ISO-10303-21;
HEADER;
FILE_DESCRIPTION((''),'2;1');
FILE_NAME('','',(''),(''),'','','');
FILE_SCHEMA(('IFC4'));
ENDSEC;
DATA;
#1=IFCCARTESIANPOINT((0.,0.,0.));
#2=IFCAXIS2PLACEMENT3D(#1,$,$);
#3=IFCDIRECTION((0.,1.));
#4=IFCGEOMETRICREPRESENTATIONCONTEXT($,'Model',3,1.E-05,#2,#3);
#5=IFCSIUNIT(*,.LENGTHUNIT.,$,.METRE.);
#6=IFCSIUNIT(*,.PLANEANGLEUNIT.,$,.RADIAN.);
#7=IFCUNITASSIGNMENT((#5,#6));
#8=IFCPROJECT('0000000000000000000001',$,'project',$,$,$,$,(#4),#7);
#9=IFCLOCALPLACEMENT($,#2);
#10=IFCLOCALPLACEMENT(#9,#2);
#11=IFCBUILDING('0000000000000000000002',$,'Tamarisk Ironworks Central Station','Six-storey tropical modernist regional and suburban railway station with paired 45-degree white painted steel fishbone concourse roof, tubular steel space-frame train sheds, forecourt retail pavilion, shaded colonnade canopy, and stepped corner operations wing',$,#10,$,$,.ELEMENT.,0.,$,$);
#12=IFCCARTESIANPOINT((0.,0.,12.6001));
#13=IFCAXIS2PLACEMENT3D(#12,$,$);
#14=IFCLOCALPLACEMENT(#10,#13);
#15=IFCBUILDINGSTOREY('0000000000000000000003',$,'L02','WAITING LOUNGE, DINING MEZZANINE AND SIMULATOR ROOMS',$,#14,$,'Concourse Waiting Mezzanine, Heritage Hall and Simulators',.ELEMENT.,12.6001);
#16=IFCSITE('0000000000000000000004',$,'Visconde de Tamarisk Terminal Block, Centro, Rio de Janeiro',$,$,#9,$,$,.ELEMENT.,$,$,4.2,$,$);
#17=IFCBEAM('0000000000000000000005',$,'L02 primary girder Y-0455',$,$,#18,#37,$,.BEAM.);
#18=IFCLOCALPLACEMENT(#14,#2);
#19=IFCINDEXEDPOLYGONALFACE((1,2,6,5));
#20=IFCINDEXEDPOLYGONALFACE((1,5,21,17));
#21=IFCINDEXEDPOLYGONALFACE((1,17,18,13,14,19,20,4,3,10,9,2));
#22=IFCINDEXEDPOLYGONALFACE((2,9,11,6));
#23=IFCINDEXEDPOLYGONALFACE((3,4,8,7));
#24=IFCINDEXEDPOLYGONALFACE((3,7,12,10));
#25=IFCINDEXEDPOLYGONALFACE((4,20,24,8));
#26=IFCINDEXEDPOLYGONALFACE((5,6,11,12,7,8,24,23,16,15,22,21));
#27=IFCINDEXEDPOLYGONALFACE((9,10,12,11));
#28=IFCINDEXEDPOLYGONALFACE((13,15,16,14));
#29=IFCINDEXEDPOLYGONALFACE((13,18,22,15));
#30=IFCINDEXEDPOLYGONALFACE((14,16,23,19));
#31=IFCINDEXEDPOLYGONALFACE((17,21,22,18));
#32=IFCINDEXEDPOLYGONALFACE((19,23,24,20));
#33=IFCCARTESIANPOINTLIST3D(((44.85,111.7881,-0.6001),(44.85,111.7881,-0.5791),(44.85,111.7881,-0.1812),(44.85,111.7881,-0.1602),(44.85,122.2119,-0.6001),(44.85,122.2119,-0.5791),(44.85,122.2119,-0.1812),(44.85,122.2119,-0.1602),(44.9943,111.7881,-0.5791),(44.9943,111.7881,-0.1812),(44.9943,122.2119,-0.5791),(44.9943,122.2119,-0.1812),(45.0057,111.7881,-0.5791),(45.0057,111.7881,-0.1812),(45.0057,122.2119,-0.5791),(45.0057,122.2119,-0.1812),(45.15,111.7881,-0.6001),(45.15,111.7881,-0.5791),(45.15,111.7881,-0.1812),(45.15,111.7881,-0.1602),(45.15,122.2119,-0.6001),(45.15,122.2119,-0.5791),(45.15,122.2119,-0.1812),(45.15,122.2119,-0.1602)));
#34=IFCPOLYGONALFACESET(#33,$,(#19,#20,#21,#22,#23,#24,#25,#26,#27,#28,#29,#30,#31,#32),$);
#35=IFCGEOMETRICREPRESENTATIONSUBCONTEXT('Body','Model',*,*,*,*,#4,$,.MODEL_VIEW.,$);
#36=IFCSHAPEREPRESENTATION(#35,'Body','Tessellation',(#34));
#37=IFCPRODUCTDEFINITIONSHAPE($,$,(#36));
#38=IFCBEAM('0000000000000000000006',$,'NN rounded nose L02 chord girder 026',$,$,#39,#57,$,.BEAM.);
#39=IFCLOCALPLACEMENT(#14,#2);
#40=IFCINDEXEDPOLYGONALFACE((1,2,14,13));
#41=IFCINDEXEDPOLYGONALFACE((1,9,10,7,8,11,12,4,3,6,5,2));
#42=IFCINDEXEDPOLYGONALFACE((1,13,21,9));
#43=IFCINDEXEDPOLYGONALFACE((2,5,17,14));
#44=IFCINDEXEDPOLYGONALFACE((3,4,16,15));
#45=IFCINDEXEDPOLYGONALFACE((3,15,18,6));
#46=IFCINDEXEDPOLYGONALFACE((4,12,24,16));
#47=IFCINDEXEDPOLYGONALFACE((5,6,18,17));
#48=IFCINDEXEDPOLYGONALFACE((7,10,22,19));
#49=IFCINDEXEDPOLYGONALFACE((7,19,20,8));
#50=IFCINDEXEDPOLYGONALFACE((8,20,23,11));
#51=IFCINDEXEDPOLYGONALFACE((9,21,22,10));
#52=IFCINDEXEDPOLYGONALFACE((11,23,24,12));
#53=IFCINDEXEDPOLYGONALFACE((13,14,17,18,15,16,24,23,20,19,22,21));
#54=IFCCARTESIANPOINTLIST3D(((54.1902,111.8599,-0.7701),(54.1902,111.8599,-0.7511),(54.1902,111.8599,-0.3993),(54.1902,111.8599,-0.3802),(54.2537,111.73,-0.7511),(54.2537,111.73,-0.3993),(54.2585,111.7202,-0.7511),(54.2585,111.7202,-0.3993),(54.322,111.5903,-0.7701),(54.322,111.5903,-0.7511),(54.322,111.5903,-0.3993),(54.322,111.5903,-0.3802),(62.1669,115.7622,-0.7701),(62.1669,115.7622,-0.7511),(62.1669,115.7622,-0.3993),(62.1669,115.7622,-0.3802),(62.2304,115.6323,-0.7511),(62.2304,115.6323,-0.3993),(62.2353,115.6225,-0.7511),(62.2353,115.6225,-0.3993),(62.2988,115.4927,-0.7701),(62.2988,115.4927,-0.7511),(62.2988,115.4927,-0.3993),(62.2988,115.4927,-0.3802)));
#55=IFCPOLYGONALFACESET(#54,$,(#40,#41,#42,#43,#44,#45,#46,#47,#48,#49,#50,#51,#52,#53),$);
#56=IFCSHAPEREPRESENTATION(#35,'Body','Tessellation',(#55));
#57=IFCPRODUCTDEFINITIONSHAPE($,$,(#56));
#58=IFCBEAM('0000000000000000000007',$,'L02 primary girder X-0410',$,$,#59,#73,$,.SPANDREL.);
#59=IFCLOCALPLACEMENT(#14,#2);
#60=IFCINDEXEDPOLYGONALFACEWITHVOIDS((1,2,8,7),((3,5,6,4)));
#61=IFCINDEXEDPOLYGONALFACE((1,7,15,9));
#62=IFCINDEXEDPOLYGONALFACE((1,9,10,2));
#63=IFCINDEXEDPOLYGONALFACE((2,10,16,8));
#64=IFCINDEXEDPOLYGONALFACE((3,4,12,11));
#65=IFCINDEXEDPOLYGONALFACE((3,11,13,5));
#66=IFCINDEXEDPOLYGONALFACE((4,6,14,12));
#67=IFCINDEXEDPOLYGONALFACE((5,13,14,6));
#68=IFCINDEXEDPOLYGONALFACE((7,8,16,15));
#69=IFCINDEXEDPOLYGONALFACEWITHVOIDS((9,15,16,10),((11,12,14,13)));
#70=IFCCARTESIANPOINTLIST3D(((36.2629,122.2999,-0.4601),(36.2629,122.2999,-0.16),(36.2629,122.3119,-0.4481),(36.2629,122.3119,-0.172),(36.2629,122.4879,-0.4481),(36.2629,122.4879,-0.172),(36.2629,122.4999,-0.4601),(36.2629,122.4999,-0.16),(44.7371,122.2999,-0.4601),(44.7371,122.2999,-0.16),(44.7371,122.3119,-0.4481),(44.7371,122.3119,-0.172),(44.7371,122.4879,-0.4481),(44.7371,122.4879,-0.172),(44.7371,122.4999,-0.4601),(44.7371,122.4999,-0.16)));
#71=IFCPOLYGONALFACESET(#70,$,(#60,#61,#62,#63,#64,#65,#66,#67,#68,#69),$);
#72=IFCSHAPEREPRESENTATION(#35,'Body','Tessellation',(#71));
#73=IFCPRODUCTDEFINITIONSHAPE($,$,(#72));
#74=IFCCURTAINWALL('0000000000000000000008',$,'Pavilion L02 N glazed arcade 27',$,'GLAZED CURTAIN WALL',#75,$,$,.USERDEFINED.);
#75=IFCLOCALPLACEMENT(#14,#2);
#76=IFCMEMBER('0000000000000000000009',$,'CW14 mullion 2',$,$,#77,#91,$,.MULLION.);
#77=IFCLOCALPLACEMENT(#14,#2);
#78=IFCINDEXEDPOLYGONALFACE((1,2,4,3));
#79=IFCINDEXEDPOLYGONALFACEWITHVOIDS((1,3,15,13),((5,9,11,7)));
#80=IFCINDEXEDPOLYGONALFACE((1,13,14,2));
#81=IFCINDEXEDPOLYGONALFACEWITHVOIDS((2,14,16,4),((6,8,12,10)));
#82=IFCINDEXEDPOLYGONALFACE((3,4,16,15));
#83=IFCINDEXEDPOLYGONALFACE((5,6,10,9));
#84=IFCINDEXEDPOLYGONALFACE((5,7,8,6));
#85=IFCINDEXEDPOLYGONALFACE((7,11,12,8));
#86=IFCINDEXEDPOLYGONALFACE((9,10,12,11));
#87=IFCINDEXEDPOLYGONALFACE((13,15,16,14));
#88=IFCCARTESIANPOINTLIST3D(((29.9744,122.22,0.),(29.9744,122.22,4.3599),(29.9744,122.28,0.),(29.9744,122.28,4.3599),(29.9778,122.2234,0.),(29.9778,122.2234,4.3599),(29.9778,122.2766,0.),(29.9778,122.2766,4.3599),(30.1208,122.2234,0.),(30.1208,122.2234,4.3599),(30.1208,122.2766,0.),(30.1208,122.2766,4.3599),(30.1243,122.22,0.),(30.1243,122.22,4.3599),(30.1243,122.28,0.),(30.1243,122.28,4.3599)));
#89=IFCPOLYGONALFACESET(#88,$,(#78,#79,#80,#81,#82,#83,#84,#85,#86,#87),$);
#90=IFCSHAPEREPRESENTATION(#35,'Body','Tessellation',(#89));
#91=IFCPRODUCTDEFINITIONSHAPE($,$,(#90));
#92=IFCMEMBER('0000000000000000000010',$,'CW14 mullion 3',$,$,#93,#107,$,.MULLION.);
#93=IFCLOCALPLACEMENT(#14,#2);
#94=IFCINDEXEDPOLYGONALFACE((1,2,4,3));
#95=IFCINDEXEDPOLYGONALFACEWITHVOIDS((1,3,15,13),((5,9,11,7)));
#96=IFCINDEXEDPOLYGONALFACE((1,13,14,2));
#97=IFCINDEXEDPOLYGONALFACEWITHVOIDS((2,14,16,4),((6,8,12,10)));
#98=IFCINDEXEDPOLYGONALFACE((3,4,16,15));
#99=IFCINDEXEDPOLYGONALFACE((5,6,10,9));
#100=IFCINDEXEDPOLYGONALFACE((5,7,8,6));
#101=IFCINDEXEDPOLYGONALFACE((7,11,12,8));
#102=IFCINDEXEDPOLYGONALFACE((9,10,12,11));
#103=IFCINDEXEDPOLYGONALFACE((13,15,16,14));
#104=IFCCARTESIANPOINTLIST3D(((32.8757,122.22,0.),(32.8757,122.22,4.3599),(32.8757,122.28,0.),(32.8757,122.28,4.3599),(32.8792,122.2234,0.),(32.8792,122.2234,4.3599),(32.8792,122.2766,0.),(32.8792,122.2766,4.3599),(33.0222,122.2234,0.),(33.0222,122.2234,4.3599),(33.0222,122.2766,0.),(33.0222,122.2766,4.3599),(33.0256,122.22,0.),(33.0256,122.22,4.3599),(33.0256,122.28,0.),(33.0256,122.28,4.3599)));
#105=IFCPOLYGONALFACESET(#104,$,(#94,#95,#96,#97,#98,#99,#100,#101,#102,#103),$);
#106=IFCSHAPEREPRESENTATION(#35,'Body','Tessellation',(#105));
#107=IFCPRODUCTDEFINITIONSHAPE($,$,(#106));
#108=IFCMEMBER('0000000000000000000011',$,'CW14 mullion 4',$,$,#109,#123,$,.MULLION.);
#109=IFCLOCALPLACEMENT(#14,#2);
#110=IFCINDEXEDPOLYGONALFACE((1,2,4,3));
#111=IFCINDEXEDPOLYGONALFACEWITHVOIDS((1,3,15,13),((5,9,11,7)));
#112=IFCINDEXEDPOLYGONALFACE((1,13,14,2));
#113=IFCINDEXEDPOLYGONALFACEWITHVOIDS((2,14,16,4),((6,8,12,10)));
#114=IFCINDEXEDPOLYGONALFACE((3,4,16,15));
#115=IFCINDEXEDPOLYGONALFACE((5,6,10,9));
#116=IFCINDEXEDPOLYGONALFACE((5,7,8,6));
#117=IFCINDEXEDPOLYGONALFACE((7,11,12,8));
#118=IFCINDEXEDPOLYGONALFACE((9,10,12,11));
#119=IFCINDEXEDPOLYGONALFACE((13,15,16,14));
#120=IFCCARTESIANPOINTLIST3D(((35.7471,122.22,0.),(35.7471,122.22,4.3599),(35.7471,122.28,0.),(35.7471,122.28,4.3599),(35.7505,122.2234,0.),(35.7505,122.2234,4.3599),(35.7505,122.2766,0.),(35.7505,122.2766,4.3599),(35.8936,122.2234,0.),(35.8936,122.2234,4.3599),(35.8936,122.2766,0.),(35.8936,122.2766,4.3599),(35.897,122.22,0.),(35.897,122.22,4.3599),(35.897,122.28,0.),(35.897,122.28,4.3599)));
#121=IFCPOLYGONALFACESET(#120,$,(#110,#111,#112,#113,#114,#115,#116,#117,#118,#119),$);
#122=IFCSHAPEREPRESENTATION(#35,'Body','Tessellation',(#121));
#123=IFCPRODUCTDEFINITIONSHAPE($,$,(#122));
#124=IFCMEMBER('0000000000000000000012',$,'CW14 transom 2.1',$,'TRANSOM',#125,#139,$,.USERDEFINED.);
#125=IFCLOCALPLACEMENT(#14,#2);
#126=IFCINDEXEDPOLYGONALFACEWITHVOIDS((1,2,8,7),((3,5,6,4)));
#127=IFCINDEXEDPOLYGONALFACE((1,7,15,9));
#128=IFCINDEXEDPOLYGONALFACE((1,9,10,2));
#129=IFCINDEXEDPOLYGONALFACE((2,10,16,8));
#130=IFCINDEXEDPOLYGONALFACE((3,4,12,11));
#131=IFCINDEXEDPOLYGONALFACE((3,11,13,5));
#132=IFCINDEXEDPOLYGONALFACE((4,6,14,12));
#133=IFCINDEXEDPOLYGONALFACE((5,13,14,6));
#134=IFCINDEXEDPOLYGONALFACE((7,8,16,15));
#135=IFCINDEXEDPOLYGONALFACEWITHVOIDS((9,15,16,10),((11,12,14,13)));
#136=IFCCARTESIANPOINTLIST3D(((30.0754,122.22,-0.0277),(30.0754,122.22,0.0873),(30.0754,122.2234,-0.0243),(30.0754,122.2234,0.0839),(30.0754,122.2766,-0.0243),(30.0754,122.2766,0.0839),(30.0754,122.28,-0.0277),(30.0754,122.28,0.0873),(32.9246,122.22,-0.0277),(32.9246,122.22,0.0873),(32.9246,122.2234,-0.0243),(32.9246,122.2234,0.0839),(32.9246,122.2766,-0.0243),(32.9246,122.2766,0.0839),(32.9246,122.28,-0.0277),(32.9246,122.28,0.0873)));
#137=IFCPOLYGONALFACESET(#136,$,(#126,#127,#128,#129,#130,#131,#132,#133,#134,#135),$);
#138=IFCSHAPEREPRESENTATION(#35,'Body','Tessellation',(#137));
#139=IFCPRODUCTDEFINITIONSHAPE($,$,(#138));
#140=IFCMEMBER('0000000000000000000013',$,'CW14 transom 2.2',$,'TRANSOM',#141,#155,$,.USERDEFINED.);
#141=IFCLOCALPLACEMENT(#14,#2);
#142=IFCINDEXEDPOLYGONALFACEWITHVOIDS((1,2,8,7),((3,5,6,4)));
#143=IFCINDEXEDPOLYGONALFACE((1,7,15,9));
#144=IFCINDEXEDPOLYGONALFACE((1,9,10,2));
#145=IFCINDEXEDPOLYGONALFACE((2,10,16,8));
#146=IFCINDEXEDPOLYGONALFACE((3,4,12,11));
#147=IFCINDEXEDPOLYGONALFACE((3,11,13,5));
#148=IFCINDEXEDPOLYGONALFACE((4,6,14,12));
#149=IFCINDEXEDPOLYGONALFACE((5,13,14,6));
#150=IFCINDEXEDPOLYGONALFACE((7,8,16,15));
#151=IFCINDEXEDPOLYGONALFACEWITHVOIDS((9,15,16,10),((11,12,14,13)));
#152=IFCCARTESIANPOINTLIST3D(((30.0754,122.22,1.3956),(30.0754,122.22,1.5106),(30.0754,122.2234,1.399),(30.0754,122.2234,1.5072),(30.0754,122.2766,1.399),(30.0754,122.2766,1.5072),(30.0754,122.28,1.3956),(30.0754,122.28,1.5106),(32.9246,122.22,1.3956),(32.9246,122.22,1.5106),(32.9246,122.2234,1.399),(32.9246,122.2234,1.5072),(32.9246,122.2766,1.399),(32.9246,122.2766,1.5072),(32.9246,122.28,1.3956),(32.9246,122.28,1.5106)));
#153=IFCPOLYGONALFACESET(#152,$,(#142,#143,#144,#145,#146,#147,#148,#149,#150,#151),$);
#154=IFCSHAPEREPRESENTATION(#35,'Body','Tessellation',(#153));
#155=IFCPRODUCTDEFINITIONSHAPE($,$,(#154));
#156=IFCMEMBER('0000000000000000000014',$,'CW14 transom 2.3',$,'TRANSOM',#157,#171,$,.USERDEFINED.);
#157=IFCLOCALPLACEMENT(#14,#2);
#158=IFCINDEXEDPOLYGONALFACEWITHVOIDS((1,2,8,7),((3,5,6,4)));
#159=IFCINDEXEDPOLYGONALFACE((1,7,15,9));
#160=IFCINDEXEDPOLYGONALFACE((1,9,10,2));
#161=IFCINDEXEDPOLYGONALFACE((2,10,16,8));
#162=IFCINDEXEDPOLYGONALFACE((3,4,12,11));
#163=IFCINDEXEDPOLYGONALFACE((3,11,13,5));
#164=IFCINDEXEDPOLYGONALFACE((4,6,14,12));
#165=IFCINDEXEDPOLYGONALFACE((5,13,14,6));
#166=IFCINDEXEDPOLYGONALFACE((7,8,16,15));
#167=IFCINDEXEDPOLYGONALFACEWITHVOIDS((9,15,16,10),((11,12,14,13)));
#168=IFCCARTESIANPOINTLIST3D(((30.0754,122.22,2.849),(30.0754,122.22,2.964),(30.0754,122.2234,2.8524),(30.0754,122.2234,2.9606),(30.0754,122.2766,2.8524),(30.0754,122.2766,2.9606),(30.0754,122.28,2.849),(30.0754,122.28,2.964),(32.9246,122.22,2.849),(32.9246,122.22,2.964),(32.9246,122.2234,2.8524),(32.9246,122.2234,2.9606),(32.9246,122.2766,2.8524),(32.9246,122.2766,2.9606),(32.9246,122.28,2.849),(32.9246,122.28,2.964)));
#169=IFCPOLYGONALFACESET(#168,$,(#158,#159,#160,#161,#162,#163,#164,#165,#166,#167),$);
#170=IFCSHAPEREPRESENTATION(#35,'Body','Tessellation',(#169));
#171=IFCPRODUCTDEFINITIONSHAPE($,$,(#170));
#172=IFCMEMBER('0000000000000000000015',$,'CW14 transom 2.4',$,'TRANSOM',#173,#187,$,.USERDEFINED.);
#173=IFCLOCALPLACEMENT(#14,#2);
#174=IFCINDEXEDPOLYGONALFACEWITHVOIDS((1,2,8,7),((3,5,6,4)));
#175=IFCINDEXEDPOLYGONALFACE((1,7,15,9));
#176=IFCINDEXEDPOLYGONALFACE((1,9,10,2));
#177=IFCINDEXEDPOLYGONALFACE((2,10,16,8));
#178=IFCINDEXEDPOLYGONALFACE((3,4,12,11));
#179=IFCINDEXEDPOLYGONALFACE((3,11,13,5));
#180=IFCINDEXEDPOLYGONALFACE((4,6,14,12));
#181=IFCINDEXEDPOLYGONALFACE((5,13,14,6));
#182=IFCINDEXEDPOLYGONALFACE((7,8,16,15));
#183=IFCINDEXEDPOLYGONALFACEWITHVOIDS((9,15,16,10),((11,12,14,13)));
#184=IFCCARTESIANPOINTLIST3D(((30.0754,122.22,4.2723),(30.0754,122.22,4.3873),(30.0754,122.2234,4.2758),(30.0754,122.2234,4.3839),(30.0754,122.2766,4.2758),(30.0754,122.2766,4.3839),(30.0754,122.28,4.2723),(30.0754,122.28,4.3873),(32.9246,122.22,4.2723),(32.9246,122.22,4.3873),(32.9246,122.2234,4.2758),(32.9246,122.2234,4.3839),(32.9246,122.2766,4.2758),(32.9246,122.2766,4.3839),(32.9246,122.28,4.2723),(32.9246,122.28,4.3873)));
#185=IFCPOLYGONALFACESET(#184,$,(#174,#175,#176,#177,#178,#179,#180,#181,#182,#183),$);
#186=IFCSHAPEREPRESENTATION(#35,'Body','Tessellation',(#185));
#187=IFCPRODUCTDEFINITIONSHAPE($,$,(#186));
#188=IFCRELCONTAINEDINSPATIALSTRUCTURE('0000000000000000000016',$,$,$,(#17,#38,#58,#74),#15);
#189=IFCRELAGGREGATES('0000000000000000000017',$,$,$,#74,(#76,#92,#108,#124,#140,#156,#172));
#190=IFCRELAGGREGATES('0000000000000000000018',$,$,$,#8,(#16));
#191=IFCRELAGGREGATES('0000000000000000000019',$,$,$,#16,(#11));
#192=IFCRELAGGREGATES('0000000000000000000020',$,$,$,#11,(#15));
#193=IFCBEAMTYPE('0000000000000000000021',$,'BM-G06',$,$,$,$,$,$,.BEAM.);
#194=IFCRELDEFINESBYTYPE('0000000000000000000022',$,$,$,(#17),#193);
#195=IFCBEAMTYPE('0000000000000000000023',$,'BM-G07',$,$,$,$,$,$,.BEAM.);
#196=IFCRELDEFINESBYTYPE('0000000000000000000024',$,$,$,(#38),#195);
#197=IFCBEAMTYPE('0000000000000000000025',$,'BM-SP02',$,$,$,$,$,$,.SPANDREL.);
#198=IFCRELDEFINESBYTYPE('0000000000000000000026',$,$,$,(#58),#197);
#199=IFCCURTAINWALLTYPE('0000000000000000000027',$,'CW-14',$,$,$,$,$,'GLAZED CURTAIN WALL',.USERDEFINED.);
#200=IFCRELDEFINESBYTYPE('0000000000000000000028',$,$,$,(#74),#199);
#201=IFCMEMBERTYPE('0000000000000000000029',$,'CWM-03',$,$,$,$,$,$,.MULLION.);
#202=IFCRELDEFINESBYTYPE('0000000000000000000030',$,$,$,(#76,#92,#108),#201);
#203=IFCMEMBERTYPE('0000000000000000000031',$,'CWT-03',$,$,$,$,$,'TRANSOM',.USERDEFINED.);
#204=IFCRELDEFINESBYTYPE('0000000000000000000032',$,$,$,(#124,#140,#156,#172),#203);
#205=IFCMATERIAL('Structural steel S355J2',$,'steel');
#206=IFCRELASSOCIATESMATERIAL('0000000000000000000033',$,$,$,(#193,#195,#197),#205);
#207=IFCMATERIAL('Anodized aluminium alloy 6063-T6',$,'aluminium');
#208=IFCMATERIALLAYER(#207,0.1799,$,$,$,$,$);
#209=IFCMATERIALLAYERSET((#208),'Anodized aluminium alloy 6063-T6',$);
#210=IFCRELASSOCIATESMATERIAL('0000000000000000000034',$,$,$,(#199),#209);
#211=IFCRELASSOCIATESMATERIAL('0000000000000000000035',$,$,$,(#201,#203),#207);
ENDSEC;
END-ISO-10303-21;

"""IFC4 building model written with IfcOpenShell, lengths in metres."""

from ifc_helpers import new_model, si_unit, direction, frame, origin, origin_2d, place, context, subcontext, project, spatial, hollow_rectangle, i_section, extrude, material, layer, layer_set, material_profile, profile_set, type_object, element, aggregate, save


model = new_model("IFC4")

# Units and contexts
model_context = context("Model", 3, precision=1e-05, world=origin(), true_north=direction((0.0, 1.0)))
body_context = subcontext(model_context, "Body", "Model", "MODEL_VIEW")
ifc_project = project(units=[si_unit("LENGTHUNIT", "METRE"), si_unit("PLANEANGLEUNIT", "RADIAN")], contexts=[model_context])

# Site, building, storey
site_placement = place(None, origin())
site = spatial("IfcSite", under=ifc_project, at=site_placement, Name="Visconde de Tamarisk Terminal Block, Centro, Rio de Janeiro", CompositionType="ELEMENT", RefElevation=4.2)
building_placement = place(site_placement, origin())
building = spatial("IfcBuilding", under=site, at=building_placement, Name="Tamarisk Ironworks Central Station", Description="Six-storey tropical modernist regional and suburban railway station with paired 45-degree white painted steel fishbone concourse roof, tubular steel space-frame train sheds, forecourt retail pavilion, shaded colonnade canopy, and stepped corner operations wing", CompositionType="ELEMENT", ElevationOfRefHeight=0.0)
storey_placement = place(building_placement, frame((0.0, 0.0, 12.6001)))
storey = spatial("IfcBuildingStorey", under=building, at=storey_placement, Name="L02", Description="WAITING LOUNGE, DINING MEZZANINE AND SIMULATOR ROOMS", LongName="Concourse Waiting Mezzanine, Heritage Hall and Simulators", CompositionType="ELEMENT", Elevation=12.6001)

# Shared definitions
ifc_material_1 = material(Name="Structural steel S355J2", Category="steel")

# Beams
ifc_material_profile_1 = material_profile(ifc_material_1, i_section(OverallWidth=0.3, OverallDepth=0.4399, WebThickness=0.0115, FlangeThickness=0.021, at=origin_2d()), Name="HEA 450")
ifc_profile_set_1 = profile_set([ifc_material_profile_1], Name="Structural steel S355J2")
beam_type_1 = type_object("IfcBeamType", Name="BM-G06", PredefinedType="BEAM", material=ifc_profile_set_1)
for number, where, z_axis, x_axis, name in (
    (1, (45.0, 111.7881, -0.3801), (0.0, 1.0, 0.0), (-1.0, 0.0, 0.0), "L02 primary girder Y-0455"),
):
    element("IfcBeam", number, at=place(storey_placement, frame(where, z_axis=z_axis, x_axis=x_axis)), inside=storey, type_object=beam_type_1, Name=name, PredefinedType="BEAM", context=body_context, shape_type="SweptSolid", body=[
        extrude(i_section(OverallWidth=0.3, OverallDepth=0.4399, WebThickness=0.0115, FlangeThickness=0.021, at=origin_2d()), origin(), (0.0, 0.0, 1.0), 10.4238),
    ])
ifc_material_profile_2 = material_profile(ifc_material_1, i_section(OverallWidth=0.3, OverallDepth=0.3899, WebThickness=0.011, FlangeThickness=0.019, at=origin_2d()), Name="HEA 400")
ifc_profile_set_2 = profile_set([ifc_material_profile_2], Name="Structural steel S355J2")
beam_type_2 = type_object("IfcBeamType", Name="BM-G07", PredefinedType="BEAM", material=ifc_profile_set_2)
beam_1_placement = place(storey_placement, frame((54.2561, 111.7251, -0.5752), z_axis=(0.89827, 0.439444, 0.0), x_axis=(-0.439444, 0.89827, 0.0)))
element("IfcBeam", 2, at=beam_1_placement, inside=storey, type_object=beam_type_2, Name="NN rounded nose L02 chord girder 026", PredefinedType="BEAM", context=body_context, shape_type="SweptSolid", body=[
    extrude(i_section(OverallWidth=0.3, OverallDepth=0.3899, WebThickness=0.011, FlangeThickness=0.019, at=origin_2d()), origin(), (0.0, 0.0, 1.0), 8.8801),
])
ifc_material_profile_3 = material_profile(ifc_material_1, hollow_rectangle(XDim=0.2, YDim=0.3, WallThickness=0.012, at=origin_2d()), Name="RHS 300x200x12")
ifc_profile_set_3 = profile_set([ifc_material_profile_3], Name="Structural steel S355J2")
beam_type_3 = type_object("IfcBeamType", Name="BM-SP02", PredefinedType="SPANDREL", material=ifc_profile_set_3)
beam_2_placement = place(storey_placement, frame((36.2629, 122.3999, -0.3101), z_axis=(1.0, 0.0, 0.0), x_axis=(0.0, 1.0, 0.0)))
element("IfcBeam", 3, at=beam_2_placement, inside=storey, type_object=beam_type_3, Name="L02 primary girder X-0410", PredefinedType="SPANDREL", context=body_context, shape_type="SweptSolid", body=[
    extrude(hollow_rectangle(XDim=0.2, YDim=0.3, WallThickness=0.012, at=origin_2d()), origin(), (0.0, 0.0, 1.0), 8.4741),
])

# Curtain wall, members
ifc_material_2 = material(Name="Anodized aluminium alloy 6063-T6", Category="aluminium")
ifc_layer_1 = layer(ifc_material_2, 0.1799)
ifc_layer_set_1 = layer_set([ifc_layer_1], Name="Anodized aluminium alloy 6063-T6")
curtain_wall_type = type_object("IfcCurtainWallType", Name="CW-14", ElementType="GLAZED CURTAIN WALL", PredefinedType="USERDEFINED", material=ifc_layer_set_1)
curtain_wall_placement = place(storey_placement, origin())
curtain_wall = element("IfcCurtainWall", 4, at=curtain_wall_placement, inside=storey, type_object=curtain_wall_type, Name="Pavilion L02 N glazed arcade 27", ObjectType="GLAZED CURTAIN WALL", PredefinedType="USERDEFINED")
ifc_material_profile_4 = material_profile(ifc_material_2, hollow_rectangle(XDim=0.0601, YDim=0.1499, WallThickness=0.0034, at=origin_2d()), Name="ALUM 150x60")
ifc_profile_set_4 = profile_set([ifc_material_profile_4], Name="Anodized aluminium alloy 6063-T6")
member_type_1 = type_object("IfcMemberType", Name="CWM-03", PredefinedType="MULLION", material=ifc_profile_set_4)
member_1_placement = place(storey_placement, frame((30.0493, 122.25, 0.0), z_axis=(0.0, 0.0, 1.0), x_axis=(0.0, 1.0, 0.0)))
member_1 = element("IfcMember", 5, at=member_1_placement, type_object=member_type_1, Name="CW14 mullion 2", PredefinedType="MULLION", context=body_context, shape_type="SweptSolid", body=[
    extrude(hollow_rectangle(XDim=0.0601, YDim=0.1499, WallThickness=0.0034, at=origin_2d()), origin(), (0.0, 0.0, 1.0), 4.3599),
])
member_2_placement = place(storey_placement, frame((32.9507, 122.25, 0.0), z_axis=(0.0, 0.0, 1.0), x_axis=(0.0, 1.0, 0.0)))
member_2 = element("IfcMember", 6, at=member_2_placement, type_object=member_type_1, Name="CW14 mullion 3", PredefinedType="MULLION", context=body_context, shape_type="SweptSolid", body=[
    extrude(hollow_rectangle(XDim=0.0601, YDim=0.1499, WallThickness=0.0034, at=origin_2d()), origin(), (0.0, 0.0, 1.0), 4.3599),
])
member_3_placement = place(storey_placement, frame((35.822, 122.25, 0.0), z_axis=(0.0, 0.0, 1.0), x_axis=(0.0, 1.0, 0.0)))
member_3 = element("IfcMember", 7, at=member_3_placement, type_object=member_type_1, Name="CW14 mullion 4", PredefinedType="MULLION", context=body_context, shape_type="SweptSolid", body=[
    extrude(hollow_rectangle(XDim=0.0601, YDim=0.1499, WallThickness=0.0034, at=origin_2d()), origin(), (0.0, 0.0, 1.0), 4.3599),
])
ifc_material_profile_5 = material_profile(ifc_material_2, hollow_rectangle(XDim=0.0601, YDim=0.115, WallThickness=0.0034, at=origin_2d()), Name="ALUM 115x60")
ifc_profile_set_5 = profile_set([ifc_material_profile_5], Name="Anodized aluminium alloy 6063-T6")
member_type_2 = type_object("IfcMemberType", Name="CWT-03", ElementType="TRANSOM", PredefinedType="USERDEFINED", material=ifc_profile_set_5)
member_4_placement = place(storey_placement, frame((30.0754, 122.25, 0.0298), z_axis=(1.0, 0.0, 0.0), x_axis=(0.0, 1.0, 0.0)))
member_4 = element("IfcMember", 8, at=member_4_placement, type_object=member_type_2, Name="CW14 transom 2.1", ObjectType="TRANSOM", PredefinedType="USERDEFINED", context=body_context, shape_type="SweptSolid", body=[
    extrude(hollow_rectangle(XDim=0.0601, YDim=0.115, WallThickness=0.0034, at=origin_2d()), origin(), (0.0, 0.0, 1.0), 2.8491),
])
member_5_placement = place(storey_placement, frame((30.0754, 122.25, 1.4531), z_axis=(1.0, 0.0, 0.0), x_axis=(0.0, 1.0, 0.0)))
member_5 = element("IfcMember", 9, at=member_5_placement, type_object=member_type_2, Name="CW14 transom 2.2", ObjectType="TRANSOM", PredefinedType="USERDEFINED", context=body_context, shape_type="SweptSolid", body=[
    extrude(hollow_rectangle(XDim=0.0601, YDim=0.115, WallThickness=0.0034, at=origin_2d()), origin(), (0.0, 0.0, 1.0), 2.8491),
])
member_6_placement = place(storey_placement, frame((30.0754, 122.25, 2.9065), z_axis=(1.0, 0.0, 0.0), x_axis=(0.0, 1.0, 0.0)))
member_6 = element("IfcMember", 10, at=member_6_placement, type_object=member_type_2, Name="CW14 transom 2.3", ObjectType="TRANSOM", PredefinedType="USERDEFINED", context=body_context, shape_type="SweptSolid", body=[
    extrude(hollow_rectangle(XDim=0.0601, YDim=0.115, WallThickness=0.0034, at=origin_2d()), origin(), (0.0, 0.0, 1.0), 2.8491),
])
member_7_placement = place(storey_placement, frame((30.0754, 122.25, 4.3298), z_axis=(1.0, 0.0, 0.0), x_axis=(0.0, 1.0, 0.0)))
member_7 = element("IfcMember", 11, at=member_7_placement, type_object=member_type_2, Name="CW14 transom 2.4", ObjectType="TRANSOM", PredefinedType="USERDEFINED", context=body_context, shape_type="SweptSolid", body=[
    extrude(hollow_rectangle(XDim=0.0601, YDim=0.115, WallThickness=0.0034, at=origin_2d()), origin(), (0.0, 0.0, 1.0), 2.8491),
])
aggregate(curtain_wall, [member_1, member_2, member_3, member_4, member_5, member_6, member_7])

save(model, "model.ifc")
